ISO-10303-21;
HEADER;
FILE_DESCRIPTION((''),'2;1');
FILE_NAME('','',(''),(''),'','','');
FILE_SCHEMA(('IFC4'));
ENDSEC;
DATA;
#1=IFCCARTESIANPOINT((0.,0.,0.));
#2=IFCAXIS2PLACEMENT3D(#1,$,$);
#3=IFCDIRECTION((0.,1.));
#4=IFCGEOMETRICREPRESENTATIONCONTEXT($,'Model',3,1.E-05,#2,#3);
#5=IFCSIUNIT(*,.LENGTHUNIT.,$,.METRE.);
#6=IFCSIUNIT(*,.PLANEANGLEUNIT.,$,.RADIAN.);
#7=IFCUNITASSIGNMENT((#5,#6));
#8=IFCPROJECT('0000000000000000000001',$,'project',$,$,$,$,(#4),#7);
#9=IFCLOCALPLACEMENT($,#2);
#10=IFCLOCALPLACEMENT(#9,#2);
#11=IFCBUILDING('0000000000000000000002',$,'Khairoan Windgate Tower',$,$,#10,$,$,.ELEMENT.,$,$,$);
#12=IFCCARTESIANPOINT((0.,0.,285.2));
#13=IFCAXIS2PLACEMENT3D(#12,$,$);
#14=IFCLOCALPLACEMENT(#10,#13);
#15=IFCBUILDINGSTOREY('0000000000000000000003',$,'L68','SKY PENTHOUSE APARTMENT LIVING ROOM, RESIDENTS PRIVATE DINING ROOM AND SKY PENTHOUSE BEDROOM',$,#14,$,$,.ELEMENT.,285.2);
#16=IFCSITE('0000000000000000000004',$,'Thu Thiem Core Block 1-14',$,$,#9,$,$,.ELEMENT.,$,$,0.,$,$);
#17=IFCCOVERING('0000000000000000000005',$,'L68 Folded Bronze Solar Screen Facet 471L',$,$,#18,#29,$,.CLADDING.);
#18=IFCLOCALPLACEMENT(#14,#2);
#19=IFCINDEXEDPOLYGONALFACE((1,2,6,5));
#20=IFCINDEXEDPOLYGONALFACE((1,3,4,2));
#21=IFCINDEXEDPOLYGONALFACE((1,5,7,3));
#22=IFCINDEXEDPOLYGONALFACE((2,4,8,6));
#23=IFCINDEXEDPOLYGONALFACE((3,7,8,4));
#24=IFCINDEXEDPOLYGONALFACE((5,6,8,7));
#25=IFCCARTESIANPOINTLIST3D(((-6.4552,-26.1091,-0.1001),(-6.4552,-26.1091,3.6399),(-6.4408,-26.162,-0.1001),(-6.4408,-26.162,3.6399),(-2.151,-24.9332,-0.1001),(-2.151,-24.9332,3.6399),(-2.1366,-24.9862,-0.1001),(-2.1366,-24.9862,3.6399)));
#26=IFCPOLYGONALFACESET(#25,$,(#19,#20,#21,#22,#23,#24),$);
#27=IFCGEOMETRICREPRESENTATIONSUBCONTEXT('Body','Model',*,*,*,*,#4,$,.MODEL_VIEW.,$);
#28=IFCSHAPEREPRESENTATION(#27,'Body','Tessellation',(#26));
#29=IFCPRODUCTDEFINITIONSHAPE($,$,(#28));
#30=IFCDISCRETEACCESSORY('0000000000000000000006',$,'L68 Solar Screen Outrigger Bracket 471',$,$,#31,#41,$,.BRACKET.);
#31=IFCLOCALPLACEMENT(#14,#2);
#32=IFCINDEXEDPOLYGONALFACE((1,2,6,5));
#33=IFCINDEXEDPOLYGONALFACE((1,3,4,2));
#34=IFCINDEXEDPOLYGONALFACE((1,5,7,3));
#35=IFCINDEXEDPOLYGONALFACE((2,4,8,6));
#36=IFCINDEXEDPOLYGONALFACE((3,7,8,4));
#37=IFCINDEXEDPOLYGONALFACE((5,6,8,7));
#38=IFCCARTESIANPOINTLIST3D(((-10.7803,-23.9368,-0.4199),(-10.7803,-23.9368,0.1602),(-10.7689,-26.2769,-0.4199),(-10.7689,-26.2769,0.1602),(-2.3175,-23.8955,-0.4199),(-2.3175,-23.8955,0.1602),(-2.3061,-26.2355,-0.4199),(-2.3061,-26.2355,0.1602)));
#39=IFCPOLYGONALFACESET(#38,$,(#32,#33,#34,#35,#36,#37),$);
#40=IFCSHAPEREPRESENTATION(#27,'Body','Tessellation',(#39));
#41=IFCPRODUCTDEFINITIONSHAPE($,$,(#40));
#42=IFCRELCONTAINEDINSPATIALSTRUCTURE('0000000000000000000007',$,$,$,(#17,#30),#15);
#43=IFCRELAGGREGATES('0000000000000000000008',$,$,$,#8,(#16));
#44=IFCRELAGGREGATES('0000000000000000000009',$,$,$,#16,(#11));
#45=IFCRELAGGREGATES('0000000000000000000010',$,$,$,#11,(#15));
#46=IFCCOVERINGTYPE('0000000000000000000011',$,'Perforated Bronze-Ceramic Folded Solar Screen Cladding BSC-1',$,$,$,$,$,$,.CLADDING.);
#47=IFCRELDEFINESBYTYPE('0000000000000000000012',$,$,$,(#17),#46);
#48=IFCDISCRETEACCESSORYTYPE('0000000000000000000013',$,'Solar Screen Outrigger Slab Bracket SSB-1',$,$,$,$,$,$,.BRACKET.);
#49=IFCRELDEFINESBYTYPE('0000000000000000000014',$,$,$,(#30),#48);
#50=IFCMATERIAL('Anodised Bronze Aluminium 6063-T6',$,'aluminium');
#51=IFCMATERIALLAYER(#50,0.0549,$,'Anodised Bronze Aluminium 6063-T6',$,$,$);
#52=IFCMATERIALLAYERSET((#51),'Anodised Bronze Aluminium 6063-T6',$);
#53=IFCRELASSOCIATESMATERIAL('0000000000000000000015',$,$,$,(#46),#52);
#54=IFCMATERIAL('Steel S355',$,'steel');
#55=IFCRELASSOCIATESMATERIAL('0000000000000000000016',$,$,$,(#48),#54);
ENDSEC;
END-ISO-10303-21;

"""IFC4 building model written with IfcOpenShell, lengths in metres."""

from ifc_helpers import new_model, si_unit, direction, frame, origin, origin_2d, place, context, subcontext, project, spatial, rectangle, extrude, material, layer, layer_set, type_object, element, save


model = new_model("IFC4")

# Units and contexts
model_context = context("Model", 3, precision=1e-05, world=origin(), true_north=direction((0.0, 1.0)))
body_context = subcontext(model_context, "Body", "Model", "MODEL_VIEW")
ifc_project = project(units=[si_unit("LENGTHUNIT", "METRE"), si_unit("PLANEANGLEUNIT", "RADIAN")], contexts=[model_context])

# Site, building, storey
site_placement = place(None, origin())
site = spatial("IfcSite", under=ifc_project, at=site_placement, Name="Thu Thiem Core Block 1-14", CompositionType="ELEMENT", RefElevation=0.0)
building_placement = place(site_placement, origin())
building = spatial("IfcBuilding", under=site, at=building_placement, Name="Khairoan Windgate Tower", CompositionType="ELEMENT")
storey_placement = place(building_placement, frame((0.0, 0.0, 285.2)))
storey = spatial("IfcBuildingStorey", under=building, at=storey_placement, Name="L68", Description="SKY PENTHOUSE APARTMENT LIVING ROOM, RESIDENTS PRIVATE DINING ROOM AND SKY PENTHOUSE BEDROOM", CompositionType="ELEMENT", Elevation=285.2)

# Covering
ifc_material_1 = material(Name="Anodised Bronze Aluminium 6063-T6", Category="aluminium")
ifc_layer_1 = layer(ifc_material_1, 0.0549, Name="Anodised Bronze Aluminium 6063-T6")
ifc_layer_set_1 = layer_set([ifc_layer_1], Name="Anodised Bronze Aluminium 6063-T6")
covering_type = type_object("IfcCoveringType", Name="Perforated Bronze-Ceramic Folded Solar Screen Cladding BSC-1", PredefinedType="CLADDING", material=ifc_layer_set_1)
covering_placement = place(storey_placement, frame((-4.2959, -25.5476, -0.1001), z_axis=(0.0, 0.0, 1.0), x_axis=(-0.964649, -0.263536, 0.0)))
element("IfcCovering", 1, at=covering_placement, inside=storey, type_object=covering_type, Name="L68 Folded Bronze Solar Screen Facet 471L", PredefinedType="CLADDING", context=body_context, shape_type="SweptSolid", body=[
    extrude(rectangle(XDim=4.4619, YDim=0.0549, at=origin_2d()), origin(), (0.0, 0.0, 1.0), 3.74),
])

# Discrete accessory
ifc_material_2 = material(Name="Steel S355", Category="steel")
discrete_accessory_type = type_object("IfcDiscreteAccessoryType", Name="Solar Screen Outrigger Slab Bracket SSB-1", PredefinedType="BRACKET", material=ifc_material_2)
discrete_accessory_placement = place(storey_placement, frame((-6.5432, -25.0862, -0.4199), z_axis=(0.0, 0.0, 1.0), x_axis=(-0.999988, -0.004887, 0.0)))
element("IfcDiscreteAccessory", 2, at=discrete_accessory_placement, inside=storey, type_object=discrete_accessory_type, Name="L68 Solar Screen Outrigger Bracket 471", PredefinedType="BRACKET", context=body_context, shape_type="SweptSolid", body=[
    extrude(rectangle(XDim=8.4629, YDim=2.3401, at=origin_2d()), origin(), (0.0, 0.0, 1.0), 0.5801),
])

save(model, "model.ifc")
